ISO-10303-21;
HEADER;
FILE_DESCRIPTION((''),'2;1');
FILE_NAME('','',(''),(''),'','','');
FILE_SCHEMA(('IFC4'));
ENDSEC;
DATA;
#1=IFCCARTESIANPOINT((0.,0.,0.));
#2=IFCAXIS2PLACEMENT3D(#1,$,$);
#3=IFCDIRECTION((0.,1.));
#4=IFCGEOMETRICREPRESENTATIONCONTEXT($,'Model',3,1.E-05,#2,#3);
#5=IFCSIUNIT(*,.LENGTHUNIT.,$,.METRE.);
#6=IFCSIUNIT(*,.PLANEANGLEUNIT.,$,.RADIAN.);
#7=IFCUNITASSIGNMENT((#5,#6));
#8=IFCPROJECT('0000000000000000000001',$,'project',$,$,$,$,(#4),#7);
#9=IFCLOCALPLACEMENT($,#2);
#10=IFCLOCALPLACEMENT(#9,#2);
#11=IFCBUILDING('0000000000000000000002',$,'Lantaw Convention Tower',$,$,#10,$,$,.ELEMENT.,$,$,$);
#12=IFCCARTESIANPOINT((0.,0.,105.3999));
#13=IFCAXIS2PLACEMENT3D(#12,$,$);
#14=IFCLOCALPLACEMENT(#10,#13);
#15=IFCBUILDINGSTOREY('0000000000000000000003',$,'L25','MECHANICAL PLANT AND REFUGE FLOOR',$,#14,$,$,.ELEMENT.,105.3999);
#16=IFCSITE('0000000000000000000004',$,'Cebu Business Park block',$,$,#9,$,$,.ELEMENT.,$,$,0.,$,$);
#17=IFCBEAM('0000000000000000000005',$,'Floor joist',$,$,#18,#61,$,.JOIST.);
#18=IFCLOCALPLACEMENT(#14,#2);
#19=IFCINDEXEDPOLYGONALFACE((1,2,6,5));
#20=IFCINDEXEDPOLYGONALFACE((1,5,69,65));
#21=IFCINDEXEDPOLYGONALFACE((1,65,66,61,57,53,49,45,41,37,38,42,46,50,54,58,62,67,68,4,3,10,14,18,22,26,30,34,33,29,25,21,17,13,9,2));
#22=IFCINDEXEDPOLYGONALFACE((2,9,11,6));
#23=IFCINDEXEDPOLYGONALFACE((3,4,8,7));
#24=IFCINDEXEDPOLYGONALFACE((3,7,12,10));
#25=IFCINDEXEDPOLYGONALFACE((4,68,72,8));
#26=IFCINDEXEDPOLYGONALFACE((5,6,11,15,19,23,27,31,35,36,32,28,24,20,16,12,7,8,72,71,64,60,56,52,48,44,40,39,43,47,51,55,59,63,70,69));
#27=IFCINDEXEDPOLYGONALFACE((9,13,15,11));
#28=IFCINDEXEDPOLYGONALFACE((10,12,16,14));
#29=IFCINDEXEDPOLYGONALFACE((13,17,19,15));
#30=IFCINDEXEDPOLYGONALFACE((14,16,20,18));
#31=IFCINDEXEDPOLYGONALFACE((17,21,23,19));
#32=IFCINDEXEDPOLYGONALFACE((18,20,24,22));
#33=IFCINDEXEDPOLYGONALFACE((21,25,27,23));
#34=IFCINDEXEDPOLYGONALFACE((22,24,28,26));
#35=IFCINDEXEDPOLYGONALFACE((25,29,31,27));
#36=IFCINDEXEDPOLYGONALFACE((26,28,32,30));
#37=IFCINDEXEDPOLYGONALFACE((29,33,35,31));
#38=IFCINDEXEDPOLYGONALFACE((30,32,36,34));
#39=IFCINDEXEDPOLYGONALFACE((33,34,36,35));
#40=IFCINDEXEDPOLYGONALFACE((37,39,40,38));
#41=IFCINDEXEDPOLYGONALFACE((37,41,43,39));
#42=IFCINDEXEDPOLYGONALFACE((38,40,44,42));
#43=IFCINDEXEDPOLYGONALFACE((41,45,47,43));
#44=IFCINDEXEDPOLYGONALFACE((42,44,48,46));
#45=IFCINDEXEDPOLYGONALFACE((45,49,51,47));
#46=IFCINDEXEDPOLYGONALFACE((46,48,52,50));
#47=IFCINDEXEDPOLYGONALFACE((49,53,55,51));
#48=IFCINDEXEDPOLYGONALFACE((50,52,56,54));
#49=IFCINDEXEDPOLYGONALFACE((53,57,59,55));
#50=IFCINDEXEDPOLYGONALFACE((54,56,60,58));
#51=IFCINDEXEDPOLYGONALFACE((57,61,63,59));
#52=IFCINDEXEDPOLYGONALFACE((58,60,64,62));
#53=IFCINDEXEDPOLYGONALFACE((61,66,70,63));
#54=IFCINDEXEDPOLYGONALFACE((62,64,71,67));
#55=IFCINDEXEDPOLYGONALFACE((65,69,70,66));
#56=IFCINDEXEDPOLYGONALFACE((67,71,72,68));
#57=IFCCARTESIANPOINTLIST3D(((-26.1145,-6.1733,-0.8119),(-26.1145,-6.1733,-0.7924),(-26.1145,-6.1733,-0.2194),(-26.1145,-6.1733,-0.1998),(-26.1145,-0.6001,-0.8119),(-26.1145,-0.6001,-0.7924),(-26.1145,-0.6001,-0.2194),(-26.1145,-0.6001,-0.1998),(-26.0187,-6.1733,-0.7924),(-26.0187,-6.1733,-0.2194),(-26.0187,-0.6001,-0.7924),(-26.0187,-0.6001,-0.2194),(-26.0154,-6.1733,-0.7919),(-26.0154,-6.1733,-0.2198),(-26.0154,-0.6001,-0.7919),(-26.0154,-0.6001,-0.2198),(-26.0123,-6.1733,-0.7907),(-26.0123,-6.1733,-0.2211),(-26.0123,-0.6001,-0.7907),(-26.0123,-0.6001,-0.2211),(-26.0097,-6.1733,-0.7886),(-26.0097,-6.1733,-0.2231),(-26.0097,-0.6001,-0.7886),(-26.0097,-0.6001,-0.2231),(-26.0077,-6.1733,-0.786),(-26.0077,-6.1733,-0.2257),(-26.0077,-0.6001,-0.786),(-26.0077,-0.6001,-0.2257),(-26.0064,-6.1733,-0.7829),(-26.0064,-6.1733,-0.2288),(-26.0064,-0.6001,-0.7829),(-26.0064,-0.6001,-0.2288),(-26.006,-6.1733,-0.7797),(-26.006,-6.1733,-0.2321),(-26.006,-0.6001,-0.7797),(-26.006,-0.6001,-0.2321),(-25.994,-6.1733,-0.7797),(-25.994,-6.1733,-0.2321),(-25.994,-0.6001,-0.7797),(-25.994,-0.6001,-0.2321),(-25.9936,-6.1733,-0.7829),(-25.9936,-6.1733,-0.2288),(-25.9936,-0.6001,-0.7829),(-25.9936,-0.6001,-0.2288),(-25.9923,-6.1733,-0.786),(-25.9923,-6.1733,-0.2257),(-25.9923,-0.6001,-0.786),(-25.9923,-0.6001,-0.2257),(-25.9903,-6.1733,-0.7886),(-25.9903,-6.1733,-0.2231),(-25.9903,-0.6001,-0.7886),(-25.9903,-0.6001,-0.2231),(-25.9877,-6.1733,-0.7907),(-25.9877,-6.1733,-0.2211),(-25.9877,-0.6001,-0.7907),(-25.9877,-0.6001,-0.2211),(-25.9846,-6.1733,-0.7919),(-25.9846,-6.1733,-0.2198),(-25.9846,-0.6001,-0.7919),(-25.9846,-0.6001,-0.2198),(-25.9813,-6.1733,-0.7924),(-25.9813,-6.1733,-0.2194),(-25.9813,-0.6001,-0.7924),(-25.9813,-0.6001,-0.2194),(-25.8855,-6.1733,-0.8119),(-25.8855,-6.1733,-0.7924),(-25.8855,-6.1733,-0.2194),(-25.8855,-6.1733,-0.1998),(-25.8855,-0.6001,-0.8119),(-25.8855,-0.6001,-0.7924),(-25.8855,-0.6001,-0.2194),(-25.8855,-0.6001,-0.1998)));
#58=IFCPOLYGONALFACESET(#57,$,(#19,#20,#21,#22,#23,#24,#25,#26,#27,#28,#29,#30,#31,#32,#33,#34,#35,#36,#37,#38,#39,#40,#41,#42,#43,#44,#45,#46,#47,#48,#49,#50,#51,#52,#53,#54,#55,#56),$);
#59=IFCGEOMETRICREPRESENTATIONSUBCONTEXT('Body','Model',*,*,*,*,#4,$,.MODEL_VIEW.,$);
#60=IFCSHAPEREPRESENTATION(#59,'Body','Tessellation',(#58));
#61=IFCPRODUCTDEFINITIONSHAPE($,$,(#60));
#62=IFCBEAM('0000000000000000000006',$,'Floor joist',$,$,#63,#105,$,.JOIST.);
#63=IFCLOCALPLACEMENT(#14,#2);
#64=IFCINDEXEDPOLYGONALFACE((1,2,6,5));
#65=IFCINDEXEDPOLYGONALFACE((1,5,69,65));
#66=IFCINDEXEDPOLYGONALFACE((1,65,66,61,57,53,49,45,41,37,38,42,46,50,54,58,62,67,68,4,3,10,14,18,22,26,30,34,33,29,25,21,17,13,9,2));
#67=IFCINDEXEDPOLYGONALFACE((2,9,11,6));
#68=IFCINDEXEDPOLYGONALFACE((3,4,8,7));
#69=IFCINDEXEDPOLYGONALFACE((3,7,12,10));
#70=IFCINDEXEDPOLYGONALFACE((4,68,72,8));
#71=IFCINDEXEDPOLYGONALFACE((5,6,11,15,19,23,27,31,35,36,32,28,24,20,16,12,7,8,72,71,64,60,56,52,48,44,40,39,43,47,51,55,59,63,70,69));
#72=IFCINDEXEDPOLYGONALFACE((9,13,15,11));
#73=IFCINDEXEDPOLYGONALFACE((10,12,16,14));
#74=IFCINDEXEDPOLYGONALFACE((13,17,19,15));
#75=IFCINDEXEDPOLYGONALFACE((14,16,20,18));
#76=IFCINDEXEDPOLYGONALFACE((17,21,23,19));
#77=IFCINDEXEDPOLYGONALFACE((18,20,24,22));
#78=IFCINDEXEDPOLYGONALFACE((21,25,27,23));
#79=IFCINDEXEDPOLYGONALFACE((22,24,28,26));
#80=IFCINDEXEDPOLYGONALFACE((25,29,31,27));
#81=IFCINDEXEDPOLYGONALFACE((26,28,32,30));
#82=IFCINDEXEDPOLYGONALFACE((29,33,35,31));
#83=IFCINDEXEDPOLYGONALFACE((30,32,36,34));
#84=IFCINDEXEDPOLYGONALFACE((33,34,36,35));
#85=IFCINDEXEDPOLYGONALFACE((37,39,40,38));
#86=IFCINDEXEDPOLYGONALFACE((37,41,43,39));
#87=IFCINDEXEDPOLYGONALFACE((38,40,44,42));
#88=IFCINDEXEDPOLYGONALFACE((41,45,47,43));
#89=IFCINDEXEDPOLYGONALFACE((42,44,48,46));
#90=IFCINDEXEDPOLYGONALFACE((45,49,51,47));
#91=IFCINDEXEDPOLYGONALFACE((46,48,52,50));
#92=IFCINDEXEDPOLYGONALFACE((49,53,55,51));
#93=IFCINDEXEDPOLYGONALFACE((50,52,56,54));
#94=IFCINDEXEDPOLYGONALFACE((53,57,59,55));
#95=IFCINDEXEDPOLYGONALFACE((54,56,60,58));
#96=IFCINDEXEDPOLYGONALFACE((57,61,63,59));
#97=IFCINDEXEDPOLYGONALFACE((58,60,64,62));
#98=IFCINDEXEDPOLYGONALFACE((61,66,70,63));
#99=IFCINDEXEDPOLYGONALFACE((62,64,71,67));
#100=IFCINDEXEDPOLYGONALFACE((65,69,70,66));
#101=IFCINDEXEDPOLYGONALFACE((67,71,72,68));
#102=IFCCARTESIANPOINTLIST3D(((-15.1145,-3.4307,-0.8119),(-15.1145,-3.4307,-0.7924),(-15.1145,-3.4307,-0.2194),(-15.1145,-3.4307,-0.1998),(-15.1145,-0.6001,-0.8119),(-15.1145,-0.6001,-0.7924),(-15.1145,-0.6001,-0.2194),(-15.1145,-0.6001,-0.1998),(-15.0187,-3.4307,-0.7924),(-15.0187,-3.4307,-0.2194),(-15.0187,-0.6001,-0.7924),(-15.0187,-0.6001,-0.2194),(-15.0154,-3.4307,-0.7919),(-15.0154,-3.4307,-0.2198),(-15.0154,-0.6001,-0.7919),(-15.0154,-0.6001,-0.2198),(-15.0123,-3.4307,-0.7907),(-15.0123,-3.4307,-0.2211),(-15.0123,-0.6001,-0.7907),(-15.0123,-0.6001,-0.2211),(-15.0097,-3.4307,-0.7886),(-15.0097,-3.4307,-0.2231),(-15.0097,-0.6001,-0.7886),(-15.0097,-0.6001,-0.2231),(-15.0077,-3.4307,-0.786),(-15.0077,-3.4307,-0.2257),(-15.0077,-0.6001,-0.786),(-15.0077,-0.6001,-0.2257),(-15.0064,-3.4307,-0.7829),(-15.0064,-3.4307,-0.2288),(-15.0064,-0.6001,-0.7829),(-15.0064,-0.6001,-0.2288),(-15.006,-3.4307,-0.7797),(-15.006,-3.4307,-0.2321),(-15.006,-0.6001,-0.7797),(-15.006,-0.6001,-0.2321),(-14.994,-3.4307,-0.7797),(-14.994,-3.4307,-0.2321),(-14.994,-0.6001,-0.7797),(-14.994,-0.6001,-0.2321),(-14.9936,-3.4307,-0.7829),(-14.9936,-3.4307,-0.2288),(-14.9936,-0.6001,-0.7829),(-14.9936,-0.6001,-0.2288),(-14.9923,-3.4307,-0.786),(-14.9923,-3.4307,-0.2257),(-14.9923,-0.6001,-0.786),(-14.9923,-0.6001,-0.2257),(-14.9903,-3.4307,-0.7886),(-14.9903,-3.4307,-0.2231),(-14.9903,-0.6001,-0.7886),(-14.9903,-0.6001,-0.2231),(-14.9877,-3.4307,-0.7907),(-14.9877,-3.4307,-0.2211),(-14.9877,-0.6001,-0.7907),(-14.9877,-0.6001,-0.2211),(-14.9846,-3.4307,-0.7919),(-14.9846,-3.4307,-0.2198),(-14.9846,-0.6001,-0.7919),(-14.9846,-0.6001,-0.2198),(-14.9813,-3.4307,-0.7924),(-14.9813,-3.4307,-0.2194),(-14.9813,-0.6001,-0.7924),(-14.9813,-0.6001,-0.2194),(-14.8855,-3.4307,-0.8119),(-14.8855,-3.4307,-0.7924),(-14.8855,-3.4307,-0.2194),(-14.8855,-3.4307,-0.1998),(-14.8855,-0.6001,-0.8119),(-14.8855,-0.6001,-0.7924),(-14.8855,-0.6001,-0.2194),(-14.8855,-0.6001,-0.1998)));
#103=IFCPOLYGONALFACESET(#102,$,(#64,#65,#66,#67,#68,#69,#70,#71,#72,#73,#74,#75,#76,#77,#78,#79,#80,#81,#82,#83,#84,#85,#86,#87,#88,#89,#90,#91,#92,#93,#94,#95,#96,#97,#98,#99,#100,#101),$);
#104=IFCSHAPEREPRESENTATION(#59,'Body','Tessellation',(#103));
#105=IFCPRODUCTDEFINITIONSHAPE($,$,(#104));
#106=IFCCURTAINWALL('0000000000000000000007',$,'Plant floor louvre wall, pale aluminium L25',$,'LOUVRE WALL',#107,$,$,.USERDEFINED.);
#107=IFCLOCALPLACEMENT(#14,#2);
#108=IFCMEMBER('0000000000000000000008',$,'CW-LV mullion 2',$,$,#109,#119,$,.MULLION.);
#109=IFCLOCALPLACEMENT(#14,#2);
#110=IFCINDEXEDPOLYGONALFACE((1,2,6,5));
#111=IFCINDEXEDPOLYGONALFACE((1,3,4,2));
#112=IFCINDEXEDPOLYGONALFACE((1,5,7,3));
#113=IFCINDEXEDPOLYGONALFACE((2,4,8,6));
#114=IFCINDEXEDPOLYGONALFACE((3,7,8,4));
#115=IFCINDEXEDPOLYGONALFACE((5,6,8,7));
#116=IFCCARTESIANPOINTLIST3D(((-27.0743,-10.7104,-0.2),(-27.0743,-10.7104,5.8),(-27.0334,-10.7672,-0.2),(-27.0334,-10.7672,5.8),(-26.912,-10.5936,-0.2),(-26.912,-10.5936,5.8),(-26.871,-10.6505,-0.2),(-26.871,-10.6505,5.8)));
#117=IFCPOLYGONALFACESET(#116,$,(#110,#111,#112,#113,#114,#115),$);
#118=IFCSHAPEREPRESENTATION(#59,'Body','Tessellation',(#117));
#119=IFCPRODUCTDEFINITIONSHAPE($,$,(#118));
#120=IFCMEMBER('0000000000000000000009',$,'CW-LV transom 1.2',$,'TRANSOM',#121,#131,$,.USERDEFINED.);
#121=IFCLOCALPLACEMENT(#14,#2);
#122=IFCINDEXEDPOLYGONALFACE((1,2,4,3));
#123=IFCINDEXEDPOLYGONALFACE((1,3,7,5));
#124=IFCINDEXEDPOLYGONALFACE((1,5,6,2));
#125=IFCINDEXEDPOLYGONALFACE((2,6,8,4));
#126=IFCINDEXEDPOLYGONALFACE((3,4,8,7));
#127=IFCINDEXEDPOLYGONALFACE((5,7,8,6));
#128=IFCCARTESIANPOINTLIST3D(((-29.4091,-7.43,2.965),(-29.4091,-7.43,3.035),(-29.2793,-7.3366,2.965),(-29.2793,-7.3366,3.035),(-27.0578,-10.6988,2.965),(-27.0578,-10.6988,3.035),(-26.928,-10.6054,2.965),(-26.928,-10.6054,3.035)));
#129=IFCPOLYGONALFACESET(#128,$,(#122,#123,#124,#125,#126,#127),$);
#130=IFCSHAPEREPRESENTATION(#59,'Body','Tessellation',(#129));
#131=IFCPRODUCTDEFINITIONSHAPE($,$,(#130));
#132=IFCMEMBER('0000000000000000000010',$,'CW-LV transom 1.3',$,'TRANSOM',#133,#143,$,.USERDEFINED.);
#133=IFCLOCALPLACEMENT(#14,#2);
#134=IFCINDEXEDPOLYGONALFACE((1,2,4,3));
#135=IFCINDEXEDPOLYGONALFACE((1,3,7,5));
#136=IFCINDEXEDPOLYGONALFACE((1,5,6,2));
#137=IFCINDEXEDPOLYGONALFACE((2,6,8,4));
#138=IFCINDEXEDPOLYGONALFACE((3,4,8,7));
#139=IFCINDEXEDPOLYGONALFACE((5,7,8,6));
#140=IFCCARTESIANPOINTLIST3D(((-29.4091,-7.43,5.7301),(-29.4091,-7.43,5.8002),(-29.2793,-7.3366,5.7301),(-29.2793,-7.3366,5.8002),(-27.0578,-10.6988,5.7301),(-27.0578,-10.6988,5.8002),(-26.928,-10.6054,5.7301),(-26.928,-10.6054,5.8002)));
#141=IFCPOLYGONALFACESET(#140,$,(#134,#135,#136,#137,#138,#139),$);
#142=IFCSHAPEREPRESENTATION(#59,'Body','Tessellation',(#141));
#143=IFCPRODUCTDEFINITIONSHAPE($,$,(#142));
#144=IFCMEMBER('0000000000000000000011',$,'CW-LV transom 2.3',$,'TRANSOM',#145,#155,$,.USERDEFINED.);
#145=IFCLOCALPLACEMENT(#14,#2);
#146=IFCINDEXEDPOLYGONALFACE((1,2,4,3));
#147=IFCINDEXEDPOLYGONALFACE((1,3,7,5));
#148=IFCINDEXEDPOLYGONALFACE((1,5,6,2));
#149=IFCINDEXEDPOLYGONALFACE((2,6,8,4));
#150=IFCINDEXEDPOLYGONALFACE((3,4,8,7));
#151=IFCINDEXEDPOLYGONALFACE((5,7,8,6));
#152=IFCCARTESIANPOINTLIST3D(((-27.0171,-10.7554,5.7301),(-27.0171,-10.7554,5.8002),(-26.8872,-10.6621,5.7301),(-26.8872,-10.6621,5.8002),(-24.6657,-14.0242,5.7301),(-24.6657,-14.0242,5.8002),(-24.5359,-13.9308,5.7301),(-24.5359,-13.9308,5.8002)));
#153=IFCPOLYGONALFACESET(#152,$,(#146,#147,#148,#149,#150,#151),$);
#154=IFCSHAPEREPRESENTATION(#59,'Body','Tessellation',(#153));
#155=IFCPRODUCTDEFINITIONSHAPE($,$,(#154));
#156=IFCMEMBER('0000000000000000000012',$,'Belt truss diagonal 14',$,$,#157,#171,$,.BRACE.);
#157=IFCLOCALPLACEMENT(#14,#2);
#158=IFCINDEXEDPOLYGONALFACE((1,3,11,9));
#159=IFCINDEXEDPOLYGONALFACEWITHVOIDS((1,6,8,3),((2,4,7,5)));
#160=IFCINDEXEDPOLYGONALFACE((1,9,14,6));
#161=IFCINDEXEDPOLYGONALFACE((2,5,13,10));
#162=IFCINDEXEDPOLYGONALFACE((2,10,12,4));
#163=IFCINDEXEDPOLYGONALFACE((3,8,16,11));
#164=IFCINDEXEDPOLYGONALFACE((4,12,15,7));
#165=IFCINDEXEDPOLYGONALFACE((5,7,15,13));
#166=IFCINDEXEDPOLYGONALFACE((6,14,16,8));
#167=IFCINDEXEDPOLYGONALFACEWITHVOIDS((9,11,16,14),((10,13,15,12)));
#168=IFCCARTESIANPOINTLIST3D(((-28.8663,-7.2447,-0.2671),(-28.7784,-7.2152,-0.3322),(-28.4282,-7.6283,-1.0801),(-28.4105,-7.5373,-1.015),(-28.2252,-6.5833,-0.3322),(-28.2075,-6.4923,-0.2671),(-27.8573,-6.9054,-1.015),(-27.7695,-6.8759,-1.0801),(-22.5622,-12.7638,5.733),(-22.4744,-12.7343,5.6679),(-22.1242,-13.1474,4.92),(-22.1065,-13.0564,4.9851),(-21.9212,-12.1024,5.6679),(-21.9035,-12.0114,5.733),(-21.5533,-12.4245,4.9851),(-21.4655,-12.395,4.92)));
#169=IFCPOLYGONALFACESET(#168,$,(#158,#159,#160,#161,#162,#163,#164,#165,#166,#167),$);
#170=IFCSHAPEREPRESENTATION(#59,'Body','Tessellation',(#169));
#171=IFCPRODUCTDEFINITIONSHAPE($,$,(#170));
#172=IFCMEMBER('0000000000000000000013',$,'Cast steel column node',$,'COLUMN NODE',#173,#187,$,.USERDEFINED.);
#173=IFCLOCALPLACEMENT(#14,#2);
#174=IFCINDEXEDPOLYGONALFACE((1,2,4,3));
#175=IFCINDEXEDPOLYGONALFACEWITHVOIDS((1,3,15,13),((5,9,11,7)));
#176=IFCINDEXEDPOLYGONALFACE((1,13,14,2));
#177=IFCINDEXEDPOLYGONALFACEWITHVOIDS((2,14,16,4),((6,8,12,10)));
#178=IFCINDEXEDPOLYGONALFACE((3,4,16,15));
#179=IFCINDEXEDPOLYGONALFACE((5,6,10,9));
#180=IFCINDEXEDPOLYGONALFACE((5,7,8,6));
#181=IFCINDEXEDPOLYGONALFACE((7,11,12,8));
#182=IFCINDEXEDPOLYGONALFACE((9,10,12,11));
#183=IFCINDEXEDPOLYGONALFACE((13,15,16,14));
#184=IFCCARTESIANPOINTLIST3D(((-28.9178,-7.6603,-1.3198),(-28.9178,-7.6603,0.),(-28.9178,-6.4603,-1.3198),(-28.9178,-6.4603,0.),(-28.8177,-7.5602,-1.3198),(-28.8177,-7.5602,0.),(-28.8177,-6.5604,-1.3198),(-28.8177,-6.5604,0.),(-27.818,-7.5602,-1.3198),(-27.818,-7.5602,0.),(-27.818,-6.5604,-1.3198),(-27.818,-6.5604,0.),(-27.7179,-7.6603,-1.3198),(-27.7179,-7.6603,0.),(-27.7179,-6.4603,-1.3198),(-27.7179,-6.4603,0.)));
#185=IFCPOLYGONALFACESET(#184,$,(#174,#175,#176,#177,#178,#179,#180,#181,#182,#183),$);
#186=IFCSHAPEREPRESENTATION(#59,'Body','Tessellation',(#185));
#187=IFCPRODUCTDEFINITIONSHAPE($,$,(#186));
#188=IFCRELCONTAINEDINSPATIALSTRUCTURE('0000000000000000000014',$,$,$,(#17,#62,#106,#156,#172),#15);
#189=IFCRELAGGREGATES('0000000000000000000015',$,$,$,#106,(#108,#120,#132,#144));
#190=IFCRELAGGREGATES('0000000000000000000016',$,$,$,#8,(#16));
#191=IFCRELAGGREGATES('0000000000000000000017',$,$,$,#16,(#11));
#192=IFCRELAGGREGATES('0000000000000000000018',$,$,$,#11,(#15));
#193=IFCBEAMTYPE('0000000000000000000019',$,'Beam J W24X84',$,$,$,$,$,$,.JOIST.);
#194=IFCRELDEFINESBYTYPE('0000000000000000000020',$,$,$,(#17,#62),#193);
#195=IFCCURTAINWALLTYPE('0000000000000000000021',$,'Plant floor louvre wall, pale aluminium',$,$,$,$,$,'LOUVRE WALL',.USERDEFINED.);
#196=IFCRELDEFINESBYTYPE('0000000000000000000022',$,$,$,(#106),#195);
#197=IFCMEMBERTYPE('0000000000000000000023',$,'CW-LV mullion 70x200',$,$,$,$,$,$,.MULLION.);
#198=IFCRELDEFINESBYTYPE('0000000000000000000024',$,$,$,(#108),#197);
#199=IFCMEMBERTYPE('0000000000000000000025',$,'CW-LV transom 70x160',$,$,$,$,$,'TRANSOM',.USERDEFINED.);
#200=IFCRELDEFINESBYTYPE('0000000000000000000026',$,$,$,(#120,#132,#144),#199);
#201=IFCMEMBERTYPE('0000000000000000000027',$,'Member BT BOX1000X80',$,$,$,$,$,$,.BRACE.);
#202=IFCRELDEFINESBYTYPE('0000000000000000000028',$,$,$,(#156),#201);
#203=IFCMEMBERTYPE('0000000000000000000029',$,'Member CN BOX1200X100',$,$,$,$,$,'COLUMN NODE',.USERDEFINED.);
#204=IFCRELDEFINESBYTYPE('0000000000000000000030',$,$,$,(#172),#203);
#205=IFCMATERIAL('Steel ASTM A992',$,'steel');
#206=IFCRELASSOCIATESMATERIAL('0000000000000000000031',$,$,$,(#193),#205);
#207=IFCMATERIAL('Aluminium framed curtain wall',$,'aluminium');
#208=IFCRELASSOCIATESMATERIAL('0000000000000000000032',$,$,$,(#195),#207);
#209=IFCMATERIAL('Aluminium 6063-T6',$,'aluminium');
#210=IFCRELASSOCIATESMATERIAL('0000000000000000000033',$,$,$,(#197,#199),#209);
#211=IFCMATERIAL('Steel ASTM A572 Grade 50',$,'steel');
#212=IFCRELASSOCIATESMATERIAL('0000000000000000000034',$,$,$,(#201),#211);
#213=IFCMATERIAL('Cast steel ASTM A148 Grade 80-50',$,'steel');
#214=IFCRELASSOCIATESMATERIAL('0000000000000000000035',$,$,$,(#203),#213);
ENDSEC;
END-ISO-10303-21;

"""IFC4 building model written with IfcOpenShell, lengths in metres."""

from ifc_helpers import new_model, si_unit, direction, frame, origin, origin_2d, place, context, subcontext, project, spatial, rectangle, hollow_rectangle, i_section, extrude, material, material_profile, profile_set, type_object, element, aggregate, save


model = new_model("IFC4")

# Units and contexts
model_context = context("Model", 3, precision=1e-05, world=origin(), true_north=direction((0.0, 1.0)))
body_context = subcontext(model_context, "Body", "Model", "MODEL_VIEW")
ifc_project = project(units=[si_unit("LENGTHUNIT", "METRE"), si_unit("PLANEANGLEUNIT", "RADIAN")], contexts=[model_context])

# Site, building, storey
site_placement = place(None, origin())
site = spatial("IfcSite", under=ifc_project, at=site_placement, Name="Cebu Business Park block", CompositionType="ELEMENT", RefElevation=0.0)
building_placement = place(site_placement, origin())
building = spatial("IfcBuilding", under=site, at=building_placement, Name="Lantaw Convention Tower", CompositionType="ELEMENT")
storey_placement = place(building_placement, frame((0.0, 0.0, 105.3999)))
storey = spatial("IfcBuildingStorey", under=building, at=storey_placement, Name="L25", Description="MECHANICAL PLANT AND REFUGE FLOOR", CompositionType="ELEMENT", Elevation=105.3999)

# Beams
ifc_material_1 = material(Name="Steel ASTM A992", Category="steel")
ifc_material_profile_1 = material_profile(ifc_material_1, i_section(OverallWidth=0.229, OverallDepth=0.6121, WebThickness=0.012, FlangeThickness=0.0195, FilletRadius=0.0127, at=origin_2d()), Name="W24X84")
ifc_profile_set_1 = profile_set([ifc_material_profile_1], Name="Steel ASTM A992")
beam_type_1 = type_object("IfcBeamType", Name="Beam J W24X84", PredefinedType="JOIST", material=ifc_profile_set_1)
beam_1_placement = place(storey_placement, frame((-26.0, -6.1733, -0.5059), z_axis=(0.0, 1.0, 0.0), x_axis=(-1.0, 0.0, 0.0)))
element("IfcBeam", 1, at=beam_1_placement, inside=storey, type_object=beam_type_1, Name="Floor joist", PredefinedType="JOIST", context=body_context, shape_type="SweptSolid", body=[
    extrude(i_section(OverallWidth=0.229, OverallDepth=0.6121, WebThickness=0.012, FlangeThickness=0.0195, FilletRadius=0.0127, at=origin_2d()), origin(), (0.0, 0.0, 1.0), 5.5732),
])
beam_2_placement = place(storey_placement, frame((-15.0, -3.4307, -0.5059), z_axis=(0.0, 1.0, 0.0), x_axis=(-1.0, 0.0, 0.0)))
element("IfcBeam", 2, at=beam_2_placement, inside=storey, type_object=beam_type_1, Name="Floor joist", PredefinedType="JOIST", context=body_context, shape_type="SweptSolid", body=[
    extrude(i_section(OverallWidth=0.229, OverallDepth=0.6121, WebThickness=0.012, FlangeThickness=0.0195, FilletRadius=0.0127, at=origin_2d()), origin(), (0.0, 0.0, 1.0), 2.8306),
])

# Curtain wall, members
ifc_material_2 = material(Name="Aluminium framed curtain wall", Category="aluminium")
curtain_wall_type = type_object("IfcCurtainWallType", Name="Plant floor louvre wall, pale aluminium", ElementType="LOUVRE WALL", PredefinedType="USERDEFINED", material=ifc_material_2)
curtain_wall_placement = place(storey_placement, origin())
curtain_wall = element("IfcCurtainWall", 3, at=curtain_wall_placement, inside=storey, type_object=curtain_wall_type, Name="Plant floor louvre wall, pale aluminium L25", ObjectType="LOUVRE WALL", PredefinedType="USERDEFINED")
ifc_material_3 = material(Name="Aluminium 6063-T6", Category="aluminium")
ifc_material_profile_2 = material_profile(ifc_material_3, rectangle(XDim=0.2, YDim=0.0701, at=origin_2d()), Name="CW-LV mullion 70x200")
ifc_profile_set_2 = profile_set([ifc_material_profile_2], Name="Aluminium 6063-T6")
member_type_1 = type_object("IfcMemberType", Name="CW-LV mullion 70x200", PredefinedType="MULLION", material=ifc_profile_set_2)
member_1_placement = place(storey_placement, frame((-26.9727, -10.6804, -0.2), z_axis=(0.0, 0.0, 1.0), x_axis=(0.811789, 0.583951, 0.0)))
member_1 = element("IfcMember", 4, at=member_1_placement, type_object=member_type_1, Name="CW-LV mullion 2", PredefinedType="MULLION", context=body_context, shape_type="SweptSolid", body=[
    extrude(rectangle(XDim=0.2, YDim=0.0701, at=origin_2d()), origin(), (0.0, 0.0, 1.0), 6.0),
])
ifc_material_profile_3 = material_profile(ifc_material_3, rectangle(XDim=0.1599, YDim=0.0701, at=origin_2d()), Name="CW-LV transom 70x160")
ifc_profile_set_3 = profile_set([ifc_material_profile_3], Name="Aluminium 6063-T6")
member_type_2 = type_object("IfcMemberType", Name="CW-LV transom 70x160", ElementType="TRANSOM", PredefinedType="USERDEFINED", material=ifc_profile_set_3)
member_2_placement = place(storey_placement, frame((-29.3442, -7.3833, 3.0), z_axis=(0.583942, -0.811795, 0.0), x_axis=(0.811795, 0.583942, 0.0)))
member_2 = element("IfcMember", 5, at=member_2_placement, type_object=member_type_2, Name="CW-LV transom 1.2", ObjectType="TRANSOM", PredefinedType="USERDEFINED", context=body_context, shape_type="SweptSolid", body=[
    extrude(rectangle(XDim=0.1599, YDim=0.0701, at=origin_2d()), origin(), (0.0, 0.0, 1.0), 4.0266),
])
member_3_placement = place(storey_placement, frame((-29.3442, -7.3833, 5.7651), z_axis=(0.583942, -0.811795, 0.0), x_axis=(0.811795, 0.583942, 0.0)))
member_3 = element("IfcMember", 6, at=member_3_placement, type_object=member_type_2, Name="CW-LV transom 1.3", ObjectType="TRANSOM", PredefinedType="USERDEFINED", context=body_context, shape_type="SweptSolid", body=[
    extrude(rectangle(XDim=0.1599, YDim=0.0701, at=origin_2d()), origin(), (0.0, 0.0, 1.0), 4.0266),
])
member_4_placement = place(storey_placement, frame((-26.9521, -10.7087, 5.7651), z_axis=(0.583942, -0.811795, 0.0), x_axis=(0.811795, 0.583942, 0.0)))
member_4 = element("IfcMember", 7, at=member_4_placement, type_object=member_type_2, Name="CW-LV transom 2.3", ObjectType="TRANSOM", PredefinedType="USERDEFINED", context=body_context, shape_type="SweptSolid", body=[
    extrude(rectangle(XDim=0.1599, YDim=0.0701, at=origin_2d()), origin(), (0.0, 0.0, 1.0), 4.0266),
])

# Members
ifc_material_4 = material(Name="Steel ASTM A572 Grade 50", Category="steel")
ifc_material_profile_4 = material_profile(ifc_material_4, hollow_rectangle(XDim=1.0, YDim=1.0, WallThickness=0.0801, at=origin_2d()), Name="BOX1000X80")
ifc_profile_set_4 = profile_set([ifc_material_profile_4], Name="Steel ASTM A572 Grade 50")
member_type_3 = type_object("IfcMemberType", Name="Member BT BOX1000X80", PredefinedType="BRACE", material=ifc_profile_set_4)
member_5_placement = place(storey_placement, frame((-28.3179, -7.0603, -0.6736), z_axis=(0.611718, -0.535553, 0.582223), x_axis=(0.658713, 0.752394, 0.0)))
element("IfcMember", 8, at=member_5_placement, inside=storey, type_object=member_type_3, Name="Belt truss diagonal 14", PredefinedType="BRACE", context=body_context, shape_type="SweptSolid", body=[
    extrude(hollow_rectangle(XDim=1.0, YDim=1.0, WallThickness=0.0801, at=origin_2d()), origin(), (0.0, 0.0, 1.0), 10.3054),
])
ifc_material_5 = material(Name="Cast steel ASTM A148 Grade 80-50", Category="steel")
ifc_material_profile_5 = material_profile(ifc_material_5, hollow_rectangle(XDim=1.2, YDim=1.2, WallThickness=0.1001, at=origin_2d()), Name="BOX1200X100")
ifc_profile_set_5 = profile_set([ifc_material_profile_5], Name="Cast steel ASTM A148 Grade 80-50")
member_type_4 = type_object("IfcMemberType", Name="Member CN BOX1200X100", ElementType="COLUMN NODE", PredefinedType="USERDEFINED", material=ifc_profile_set_5)
member_6_placement = place(storey_placement, frame((-28.3179, -7.0603, -1.3198), z_axis=(0.0, 0.0, 1.0), x_axis=(1.0, 0.0, 0.0)))
element("IfcMember", 9, at=member_6_placement, inside=storey, type_object=member_type_4, Name="Cast steel column node", ObjectType="COLUMN NODE", PredefinedType="USERDEFINED", context=body_context, shape_type="SweptSolid", body=[
    extrude(hollow_rectangle(XDim=1.2, YDim=1.2, WallThickness=0.1001, at=origin_2d()), origin(), (0.0, 0.0, 1.0), 1.3198),
])

aggregate(curtain_wall, [member_1, member_2, member_3, member_4])

save(model, "model.ifc")
